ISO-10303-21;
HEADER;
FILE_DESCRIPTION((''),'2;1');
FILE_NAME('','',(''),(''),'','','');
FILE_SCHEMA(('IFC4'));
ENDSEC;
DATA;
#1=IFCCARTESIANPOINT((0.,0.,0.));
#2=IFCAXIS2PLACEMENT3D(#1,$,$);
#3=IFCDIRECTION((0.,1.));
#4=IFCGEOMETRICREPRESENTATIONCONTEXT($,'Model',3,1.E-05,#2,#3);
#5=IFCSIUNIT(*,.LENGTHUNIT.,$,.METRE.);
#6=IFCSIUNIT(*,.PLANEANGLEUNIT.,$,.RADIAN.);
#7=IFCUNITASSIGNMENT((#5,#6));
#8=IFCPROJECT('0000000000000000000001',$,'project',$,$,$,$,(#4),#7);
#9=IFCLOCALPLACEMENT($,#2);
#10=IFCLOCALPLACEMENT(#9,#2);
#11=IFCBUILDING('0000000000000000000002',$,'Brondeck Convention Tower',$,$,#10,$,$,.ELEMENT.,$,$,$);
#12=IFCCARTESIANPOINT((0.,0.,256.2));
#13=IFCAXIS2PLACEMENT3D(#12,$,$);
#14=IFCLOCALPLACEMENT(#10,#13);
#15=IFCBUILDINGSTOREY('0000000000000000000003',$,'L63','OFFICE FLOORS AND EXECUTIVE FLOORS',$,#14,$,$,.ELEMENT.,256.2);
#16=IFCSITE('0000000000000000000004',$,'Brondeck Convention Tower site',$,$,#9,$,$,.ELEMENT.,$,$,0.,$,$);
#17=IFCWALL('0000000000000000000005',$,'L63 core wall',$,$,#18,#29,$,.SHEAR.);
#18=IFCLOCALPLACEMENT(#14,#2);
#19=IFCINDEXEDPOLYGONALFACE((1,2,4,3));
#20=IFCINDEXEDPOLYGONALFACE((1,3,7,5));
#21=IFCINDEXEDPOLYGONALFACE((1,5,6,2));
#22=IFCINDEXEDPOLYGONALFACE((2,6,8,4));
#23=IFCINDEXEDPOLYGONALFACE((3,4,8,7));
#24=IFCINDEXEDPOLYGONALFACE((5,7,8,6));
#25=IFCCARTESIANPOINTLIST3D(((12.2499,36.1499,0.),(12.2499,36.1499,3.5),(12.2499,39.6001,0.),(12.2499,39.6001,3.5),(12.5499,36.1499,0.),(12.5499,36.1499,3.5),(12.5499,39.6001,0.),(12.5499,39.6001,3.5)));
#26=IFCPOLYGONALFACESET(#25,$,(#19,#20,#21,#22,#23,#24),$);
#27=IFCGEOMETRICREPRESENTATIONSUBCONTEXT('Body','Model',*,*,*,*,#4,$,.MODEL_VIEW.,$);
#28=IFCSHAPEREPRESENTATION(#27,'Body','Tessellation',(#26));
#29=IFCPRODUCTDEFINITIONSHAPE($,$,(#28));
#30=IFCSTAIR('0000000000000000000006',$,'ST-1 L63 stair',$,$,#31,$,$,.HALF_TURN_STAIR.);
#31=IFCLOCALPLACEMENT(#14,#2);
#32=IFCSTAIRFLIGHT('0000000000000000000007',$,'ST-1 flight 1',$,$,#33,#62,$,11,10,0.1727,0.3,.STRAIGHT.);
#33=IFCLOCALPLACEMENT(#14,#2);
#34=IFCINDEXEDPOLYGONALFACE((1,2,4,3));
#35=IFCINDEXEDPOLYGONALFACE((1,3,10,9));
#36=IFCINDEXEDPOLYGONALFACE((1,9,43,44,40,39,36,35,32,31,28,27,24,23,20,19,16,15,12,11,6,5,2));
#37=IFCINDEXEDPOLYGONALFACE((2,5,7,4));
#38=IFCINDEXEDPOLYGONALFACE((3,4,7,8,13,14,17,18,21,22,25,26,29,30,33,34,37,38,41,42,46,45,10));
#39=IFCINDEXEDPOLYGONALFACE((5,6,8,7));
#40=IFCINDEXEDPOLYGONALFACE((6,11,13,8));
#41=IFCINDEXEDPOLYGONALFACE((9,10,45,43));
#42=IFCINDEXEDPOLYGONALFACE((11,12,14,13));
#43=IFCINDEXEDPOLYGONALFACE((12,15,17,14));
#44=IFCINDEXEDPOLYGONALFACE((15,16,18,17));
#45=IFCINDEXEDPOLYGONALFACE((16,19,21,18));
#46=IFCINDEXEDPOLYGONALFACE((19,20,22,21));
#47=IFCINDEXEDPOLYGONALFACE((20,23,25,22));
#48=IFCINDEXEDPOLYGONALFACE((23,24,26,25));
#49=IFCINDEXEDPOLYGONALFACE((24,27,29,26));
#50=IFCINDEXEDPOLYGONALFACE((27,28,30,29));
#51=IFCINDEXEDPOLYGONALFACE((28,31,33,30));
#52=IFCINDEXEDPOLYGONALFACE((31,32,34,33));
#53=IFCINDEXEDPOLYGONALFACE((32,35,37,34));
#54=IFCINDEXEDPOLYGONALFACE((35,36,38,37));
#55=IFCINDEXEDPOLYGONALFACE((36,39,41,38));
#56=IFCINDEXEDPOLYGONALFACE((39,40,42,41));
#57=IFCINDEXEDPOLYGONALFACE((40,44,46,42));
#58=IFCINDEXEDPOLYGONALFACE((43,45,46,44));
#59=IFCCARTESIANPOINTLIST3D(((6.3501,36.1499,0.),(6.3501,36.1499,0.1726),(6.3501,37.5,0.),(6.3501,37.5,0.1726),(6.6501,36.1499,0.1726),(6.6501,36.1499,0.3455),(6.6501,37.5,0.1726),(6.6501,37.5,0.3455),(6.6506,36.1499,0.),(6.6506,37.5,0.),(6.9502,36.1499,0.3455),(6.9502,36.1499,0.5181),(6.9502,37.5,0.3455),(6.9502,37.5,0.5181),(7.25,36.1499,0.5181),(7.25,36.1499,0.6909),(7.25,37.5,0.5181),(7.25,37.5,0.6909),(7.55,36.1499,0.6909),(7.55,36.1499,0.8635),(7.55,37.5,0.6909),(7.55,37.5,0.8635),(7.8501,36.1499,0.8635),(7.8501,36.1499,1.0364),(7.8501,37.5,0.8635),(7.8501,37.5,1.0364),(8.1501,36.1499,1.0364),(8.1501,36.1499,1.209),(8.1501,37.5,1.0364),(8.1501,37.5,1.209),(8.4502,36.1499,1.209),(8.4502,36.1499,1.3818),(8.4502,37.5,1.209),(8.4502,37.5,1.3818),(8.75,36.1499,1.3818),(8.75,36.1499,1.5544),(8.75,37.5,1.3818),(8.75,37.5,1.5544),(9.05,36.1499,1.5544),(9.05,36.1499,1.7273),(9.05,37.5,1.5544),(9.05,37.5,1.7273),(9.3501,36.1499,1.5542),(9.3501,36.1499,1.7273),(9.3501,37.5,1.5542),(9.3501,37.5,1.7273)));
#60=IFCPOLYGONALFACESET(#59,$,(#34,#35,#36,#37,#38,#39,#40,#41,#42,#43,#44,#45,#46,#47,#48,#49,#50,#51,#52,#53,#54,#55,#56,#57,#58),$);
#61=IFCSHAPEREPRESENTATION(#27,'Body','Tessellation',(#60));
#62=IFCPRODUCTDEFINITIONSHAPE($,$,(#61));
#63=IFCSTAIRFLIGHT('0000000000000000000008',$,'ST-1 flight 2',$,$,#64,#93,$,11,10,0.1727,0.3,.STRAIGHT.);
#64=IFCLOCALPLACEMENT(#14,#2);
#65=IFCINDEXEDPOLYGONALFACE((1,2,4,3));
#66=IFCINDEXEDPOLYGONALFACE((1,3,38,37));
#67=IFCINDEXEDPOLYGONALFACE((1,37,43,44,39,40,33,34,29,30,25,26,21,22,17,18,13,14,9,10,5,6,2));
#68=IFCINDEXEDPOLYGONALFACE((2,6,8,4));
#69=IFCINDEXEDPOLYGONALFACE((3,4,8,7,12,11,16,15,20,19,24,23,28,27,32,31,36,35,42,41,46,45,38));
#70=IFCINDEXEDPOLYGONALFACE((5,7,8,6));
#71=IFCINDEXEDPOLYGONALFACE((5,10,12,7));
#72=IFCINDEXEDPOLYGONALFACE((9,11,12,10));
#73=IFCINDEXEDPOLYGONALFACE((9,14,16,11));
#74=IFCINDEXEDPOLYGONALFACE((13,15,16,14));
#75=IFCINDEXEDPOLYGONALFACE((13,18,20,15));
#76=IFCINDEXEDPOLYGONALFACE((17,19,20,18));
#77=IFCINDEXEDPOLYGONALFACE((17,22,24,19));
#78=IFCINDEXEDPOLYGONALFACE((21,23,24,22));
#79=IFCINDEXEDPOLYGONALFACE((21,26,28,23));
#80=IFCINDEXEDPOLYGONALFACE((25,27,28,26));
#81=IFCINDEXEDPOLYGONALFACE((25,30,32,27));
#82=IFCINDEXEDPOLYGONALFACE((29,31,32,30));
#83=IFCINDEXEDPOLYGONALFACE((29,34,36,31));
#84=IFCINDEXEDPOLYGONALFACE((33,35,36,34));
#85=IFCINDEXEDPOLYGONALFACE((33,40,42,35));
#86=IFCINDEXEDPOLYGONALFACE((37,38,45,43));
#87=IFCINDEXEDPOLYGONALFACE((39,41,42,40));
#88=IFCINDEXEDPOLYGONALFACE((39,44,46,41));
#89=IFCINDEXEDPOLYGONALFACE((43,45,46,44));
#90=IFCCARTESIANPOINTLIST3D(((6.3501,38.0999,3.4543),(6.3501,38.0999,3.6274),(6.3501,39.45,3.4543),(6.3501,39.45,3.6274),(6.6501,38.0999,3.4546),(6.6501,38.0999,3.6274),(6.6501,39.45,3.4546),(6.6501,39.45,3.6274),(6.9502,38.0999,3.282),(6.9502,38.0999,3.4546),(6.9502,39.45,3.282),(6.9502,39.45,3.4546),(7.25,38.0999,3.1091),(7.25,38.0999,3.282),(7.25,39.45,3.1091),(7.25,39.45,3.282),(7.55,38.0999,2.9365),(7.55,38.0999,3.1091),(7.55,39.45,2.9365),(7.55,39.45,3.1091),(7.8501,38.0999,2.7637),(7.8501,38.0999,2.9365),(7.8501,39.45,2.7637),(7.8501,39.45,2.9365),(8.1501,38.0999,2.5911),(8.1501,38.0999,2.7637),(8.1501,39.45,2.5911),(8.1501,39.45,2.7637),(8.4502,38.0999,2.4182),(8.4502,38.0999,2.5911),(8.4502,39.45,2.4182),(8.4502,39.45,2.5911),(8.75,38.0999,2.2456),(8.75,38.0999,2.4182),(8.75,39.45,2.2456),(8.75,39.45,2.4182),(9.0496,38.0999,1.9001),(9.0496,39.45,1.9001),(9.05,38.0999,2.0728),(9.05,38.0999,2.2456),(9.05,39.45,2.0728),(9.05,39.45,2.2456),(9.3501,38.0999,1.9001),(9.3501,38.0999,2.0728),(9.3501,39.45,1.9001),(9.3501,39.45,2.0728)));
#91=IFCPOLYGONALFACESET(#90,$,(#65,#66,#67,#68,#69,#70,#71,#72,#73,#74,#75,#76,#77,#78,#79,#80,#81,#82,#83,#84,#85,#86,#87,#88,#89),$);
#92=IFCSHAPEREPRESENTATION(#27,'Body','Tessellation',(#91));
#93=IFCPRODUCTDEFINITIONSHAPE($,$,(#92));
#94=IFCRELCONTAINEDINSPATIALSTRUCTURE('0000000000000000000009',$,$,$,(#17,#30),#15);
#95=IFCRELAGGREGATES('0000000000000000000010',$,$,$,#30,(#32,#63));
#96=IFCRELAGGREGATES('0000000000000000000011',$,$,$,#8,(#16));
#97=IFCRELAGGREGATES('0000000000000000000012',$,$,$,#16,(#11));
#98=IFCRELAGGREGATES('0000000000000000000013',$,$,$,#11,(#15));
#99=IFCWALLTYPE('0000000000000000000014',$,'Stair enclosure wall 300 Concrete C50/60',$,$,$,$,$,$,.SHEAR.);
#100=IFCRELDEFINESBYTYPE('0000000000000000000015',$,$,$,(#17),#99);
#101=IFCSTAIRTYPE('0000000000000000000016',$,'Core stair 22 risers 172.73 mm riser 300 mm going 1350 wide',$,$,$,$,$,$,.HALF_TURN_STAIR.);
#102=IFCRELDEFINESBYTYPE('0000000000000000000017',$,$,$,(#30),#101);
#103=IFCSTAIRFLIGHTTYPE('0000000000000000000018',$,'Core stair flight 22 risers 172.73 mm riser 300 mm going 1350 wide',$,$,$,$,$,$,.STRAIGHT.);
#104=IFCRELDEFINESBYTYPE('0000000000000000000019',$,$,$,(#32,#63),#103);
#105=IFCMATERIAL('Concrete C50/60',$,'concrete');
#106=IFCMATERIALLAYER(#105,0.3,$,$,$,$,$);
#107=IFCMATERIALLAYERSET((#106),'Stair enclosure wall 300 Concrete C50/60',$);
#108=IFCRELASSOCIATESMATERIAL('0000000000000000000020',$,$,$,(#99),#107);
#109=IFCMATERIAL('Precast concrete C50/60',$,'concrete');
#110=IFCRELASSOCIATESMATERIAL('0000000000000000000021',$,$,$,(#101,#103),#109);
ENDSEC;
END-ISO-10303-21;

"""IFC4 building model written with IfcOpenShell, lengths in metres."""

from ifc_helpers import new_model, si_unit, direction, frame, frame_2d, origin, place, context, subcontext, project, spatial, polyline, rectangle, outline, extrude, material, layer, layer_set, type_object, element, aggregate, save


model = new_model("IFC4")

# Units and contexts
model_context = context("Model", 3, precision=1e-05, world=origin(), true_north=direction((0.0, 1.0)))
body_context = subcontext(model_context, "Body", "Model", "MODEL_VIEW")
ifc_project = project(units=[si_unit("LENGTHUNIT", "METRE"), si_unit("PLANEANGLEUNIT", "RADIAN")], contexts=[model_context])

# Site, building, storey
site_placement = place(None, origin())
site = spatial("IfcSite", under=ifc_project, at=site_placement, Name="Brondeck Convention Tower site", CompositionType="ELEMENT", RefElevation=0.0)
building_placement = place(site_placement, origin())
building = spatial("IfcBuilding", under=site, at=building_placement, Name="Brondeck Convention Tower", CompositionType="ELEMENT")
storey_placement = place(building_placement, frame((0.0, 0.0, 256.2)))
storey = spatial("IfcBuildingStorey", under=building, at=storey_placement, Name="L63", Description="OFFICE FLOORS AND EXECUTIVE FLOORS", CompositionType="ELEMENT", Elevation=256.2)

# Shared definitions
ifc_material_1 = material(Name="Concrete C50/60", Category="concrete")

# Wall
ifc_layer_1 = layer(ifc_material_1, 0.3)
ifc_layer_set_1 = layer_set([ifc_layer_1], Name="Stair enclosure wall 300 Concrete C50/60")
wall_type_1 = type_object("IfcWallType", Name="Stair enclosure wall 300 Concrete C50/60", PredefinedType="SHEAR", material=ifc_layer_set_1)
wall_1_placement = place(storey_placement, frame((12.3999, 36.1499, 0.0), z_axis=(0.0, 0.0, 1.0), x_axis=(0.0, 1.0, 0.0)))
element("IfcWall", 1, at=wall_1_placement, inside=storey, type_object=wall_type_1, Name="L63 core wall", PredefinedType="SHEAR", context=body_context, shape_type="SweptSolid", body=[
    extrude(rectangle(XDim=3.4502, YDim=0.3, at=frame_2d((1.7251, 0.0))), origin(), (0.0, 0.0, 1.0), 3.5),
])

# Stair, stair flights
ifc_material_2 = material(Name="Precast concrete C50/60", Category="concrete")
stair_type = type_object("IfcStairType", Name="Core stair 22 risers 172.73 mm riser 300 mm going 1350 wide", PredefinedType="HALF_TURN_STAIR", material=ifc_material_2)
stair_placement = place(storey_placement, origin())
stair = element("IfcStair", 2, at=stair_placement, inside=storey, type_object=stair_type, Name="ST-1 L63 stair", PredefinedType="HALF_TURN_STAIR")
stair_flight_type = type_object("IfcStairFlightType", Name="Core stair flight 22 risers 172.73 mm riser 300 mm going 1350 wide", PredefinedType="STRAIGHT", material=ifc_material_2)
stair_flight_1_placement = place(storey_placement, frame((6.3501, 36.825, 0.0), z_axis=(0.0, 0.0, 1.0), x_axis=(1.0, 0.0, 0.0)))
stair_flight_1 = element("IfcStairFlight", 3, at=stair_flight_1_placement, type_object=stair_flight_type, Name="ST-1 flight 1", NumberOfRisers=11, NumberOfTreads=10, PredefinedType="STRAIGHT", RiserHeight=0.1727, TreadLength=0.3, context=body_context, shape_type="SweptSolid", body=[
    extrude(outline(polyline([(0.0, 0.0), (0.0, 0.1726), (0.3, 0.1726), (0.3, 0.3455), (0.6001, 0.3455), (0.6001, 0.5181), (0.8999, 0.5181), (0.8999, 0.6909), (1.2, 0.6909), (1.2, 0.8635), (1.5, 0.8635), (1.5, 1.0364), (1.8, 1.0364), (1.8, 1.209), (2.1001, 1.209), (2.1001, 1.3818), (2.3999, 1.3818), (2.3999, 1.5544), (2.7, 1.5544), (2.7, 1.7273), (3.0, 1.7273), (3.0, 1.8999), (3.0, 1.5542), (0.3005, 0.0), (0.0, 0.0)])), frame((0.0, 0.675, 0.0), z_axis=(0.0, -1.0, 0.0), x_axis=(1.0, 0.0, 0.0)), (0.0, 0.0, 1.0), 1.3501),
])
stair_flight_2_placement = place(storey_placement, frame((9.3501, 38.7749, 1.9001), z_axis=(0.0, 0.0, 1.0), x_axis=(-1.0, 0.0, 0.0)))
stair_flight_2 = element("IfcStairFlight", 4, at=stair_flight_2_placement, type_object=stair_flight_type, Name="ST-1 flight 2", NumberOfRisers=11, NumberOfTreads=10, PredefinedType="STRAIGHT", RiserHeight=0.1727, TreadLength=0.3, context=body_context, shape_type="SweptSolid", body=[
    extrude(outline(polyline([(0.0, 0.0), (0.0, 0.1726), (0.3, 0.1726), (0.3, 0.3455), (0.6001, 0.3455), (0.6001, 0.5181), (0.8999, 0.5181), (0.8999, 0.6909), (1.2, 0.6909), (1.2, 0.8635), (1.5, 0.8635), (1.5, 1.0364), (1.8, 1.0364), (1.8, 1.209), (2.1001, 1.209), (2.1001, 1.3818), (2.3999, 1.3818), (2.3999, 1.5544), (2.7, 1.5544), (2.7, 1.7273), (3.0, 1.7273), (3.0, 1.8999), (3.0, 1.5542), (0.3005, 0.0), (0.0, 0.0)])), frame((0.0, 0.675, 0.0), z_axis=(0.0, -1.0, 0.0), x_axis=(1.0, 0.0, 0.0)), (0.0, 0.0, 1.0), 1.3501),
])
aggregate(stair, [stair_flight_1, stair_flight_2])

save(model, "model.ifc")
